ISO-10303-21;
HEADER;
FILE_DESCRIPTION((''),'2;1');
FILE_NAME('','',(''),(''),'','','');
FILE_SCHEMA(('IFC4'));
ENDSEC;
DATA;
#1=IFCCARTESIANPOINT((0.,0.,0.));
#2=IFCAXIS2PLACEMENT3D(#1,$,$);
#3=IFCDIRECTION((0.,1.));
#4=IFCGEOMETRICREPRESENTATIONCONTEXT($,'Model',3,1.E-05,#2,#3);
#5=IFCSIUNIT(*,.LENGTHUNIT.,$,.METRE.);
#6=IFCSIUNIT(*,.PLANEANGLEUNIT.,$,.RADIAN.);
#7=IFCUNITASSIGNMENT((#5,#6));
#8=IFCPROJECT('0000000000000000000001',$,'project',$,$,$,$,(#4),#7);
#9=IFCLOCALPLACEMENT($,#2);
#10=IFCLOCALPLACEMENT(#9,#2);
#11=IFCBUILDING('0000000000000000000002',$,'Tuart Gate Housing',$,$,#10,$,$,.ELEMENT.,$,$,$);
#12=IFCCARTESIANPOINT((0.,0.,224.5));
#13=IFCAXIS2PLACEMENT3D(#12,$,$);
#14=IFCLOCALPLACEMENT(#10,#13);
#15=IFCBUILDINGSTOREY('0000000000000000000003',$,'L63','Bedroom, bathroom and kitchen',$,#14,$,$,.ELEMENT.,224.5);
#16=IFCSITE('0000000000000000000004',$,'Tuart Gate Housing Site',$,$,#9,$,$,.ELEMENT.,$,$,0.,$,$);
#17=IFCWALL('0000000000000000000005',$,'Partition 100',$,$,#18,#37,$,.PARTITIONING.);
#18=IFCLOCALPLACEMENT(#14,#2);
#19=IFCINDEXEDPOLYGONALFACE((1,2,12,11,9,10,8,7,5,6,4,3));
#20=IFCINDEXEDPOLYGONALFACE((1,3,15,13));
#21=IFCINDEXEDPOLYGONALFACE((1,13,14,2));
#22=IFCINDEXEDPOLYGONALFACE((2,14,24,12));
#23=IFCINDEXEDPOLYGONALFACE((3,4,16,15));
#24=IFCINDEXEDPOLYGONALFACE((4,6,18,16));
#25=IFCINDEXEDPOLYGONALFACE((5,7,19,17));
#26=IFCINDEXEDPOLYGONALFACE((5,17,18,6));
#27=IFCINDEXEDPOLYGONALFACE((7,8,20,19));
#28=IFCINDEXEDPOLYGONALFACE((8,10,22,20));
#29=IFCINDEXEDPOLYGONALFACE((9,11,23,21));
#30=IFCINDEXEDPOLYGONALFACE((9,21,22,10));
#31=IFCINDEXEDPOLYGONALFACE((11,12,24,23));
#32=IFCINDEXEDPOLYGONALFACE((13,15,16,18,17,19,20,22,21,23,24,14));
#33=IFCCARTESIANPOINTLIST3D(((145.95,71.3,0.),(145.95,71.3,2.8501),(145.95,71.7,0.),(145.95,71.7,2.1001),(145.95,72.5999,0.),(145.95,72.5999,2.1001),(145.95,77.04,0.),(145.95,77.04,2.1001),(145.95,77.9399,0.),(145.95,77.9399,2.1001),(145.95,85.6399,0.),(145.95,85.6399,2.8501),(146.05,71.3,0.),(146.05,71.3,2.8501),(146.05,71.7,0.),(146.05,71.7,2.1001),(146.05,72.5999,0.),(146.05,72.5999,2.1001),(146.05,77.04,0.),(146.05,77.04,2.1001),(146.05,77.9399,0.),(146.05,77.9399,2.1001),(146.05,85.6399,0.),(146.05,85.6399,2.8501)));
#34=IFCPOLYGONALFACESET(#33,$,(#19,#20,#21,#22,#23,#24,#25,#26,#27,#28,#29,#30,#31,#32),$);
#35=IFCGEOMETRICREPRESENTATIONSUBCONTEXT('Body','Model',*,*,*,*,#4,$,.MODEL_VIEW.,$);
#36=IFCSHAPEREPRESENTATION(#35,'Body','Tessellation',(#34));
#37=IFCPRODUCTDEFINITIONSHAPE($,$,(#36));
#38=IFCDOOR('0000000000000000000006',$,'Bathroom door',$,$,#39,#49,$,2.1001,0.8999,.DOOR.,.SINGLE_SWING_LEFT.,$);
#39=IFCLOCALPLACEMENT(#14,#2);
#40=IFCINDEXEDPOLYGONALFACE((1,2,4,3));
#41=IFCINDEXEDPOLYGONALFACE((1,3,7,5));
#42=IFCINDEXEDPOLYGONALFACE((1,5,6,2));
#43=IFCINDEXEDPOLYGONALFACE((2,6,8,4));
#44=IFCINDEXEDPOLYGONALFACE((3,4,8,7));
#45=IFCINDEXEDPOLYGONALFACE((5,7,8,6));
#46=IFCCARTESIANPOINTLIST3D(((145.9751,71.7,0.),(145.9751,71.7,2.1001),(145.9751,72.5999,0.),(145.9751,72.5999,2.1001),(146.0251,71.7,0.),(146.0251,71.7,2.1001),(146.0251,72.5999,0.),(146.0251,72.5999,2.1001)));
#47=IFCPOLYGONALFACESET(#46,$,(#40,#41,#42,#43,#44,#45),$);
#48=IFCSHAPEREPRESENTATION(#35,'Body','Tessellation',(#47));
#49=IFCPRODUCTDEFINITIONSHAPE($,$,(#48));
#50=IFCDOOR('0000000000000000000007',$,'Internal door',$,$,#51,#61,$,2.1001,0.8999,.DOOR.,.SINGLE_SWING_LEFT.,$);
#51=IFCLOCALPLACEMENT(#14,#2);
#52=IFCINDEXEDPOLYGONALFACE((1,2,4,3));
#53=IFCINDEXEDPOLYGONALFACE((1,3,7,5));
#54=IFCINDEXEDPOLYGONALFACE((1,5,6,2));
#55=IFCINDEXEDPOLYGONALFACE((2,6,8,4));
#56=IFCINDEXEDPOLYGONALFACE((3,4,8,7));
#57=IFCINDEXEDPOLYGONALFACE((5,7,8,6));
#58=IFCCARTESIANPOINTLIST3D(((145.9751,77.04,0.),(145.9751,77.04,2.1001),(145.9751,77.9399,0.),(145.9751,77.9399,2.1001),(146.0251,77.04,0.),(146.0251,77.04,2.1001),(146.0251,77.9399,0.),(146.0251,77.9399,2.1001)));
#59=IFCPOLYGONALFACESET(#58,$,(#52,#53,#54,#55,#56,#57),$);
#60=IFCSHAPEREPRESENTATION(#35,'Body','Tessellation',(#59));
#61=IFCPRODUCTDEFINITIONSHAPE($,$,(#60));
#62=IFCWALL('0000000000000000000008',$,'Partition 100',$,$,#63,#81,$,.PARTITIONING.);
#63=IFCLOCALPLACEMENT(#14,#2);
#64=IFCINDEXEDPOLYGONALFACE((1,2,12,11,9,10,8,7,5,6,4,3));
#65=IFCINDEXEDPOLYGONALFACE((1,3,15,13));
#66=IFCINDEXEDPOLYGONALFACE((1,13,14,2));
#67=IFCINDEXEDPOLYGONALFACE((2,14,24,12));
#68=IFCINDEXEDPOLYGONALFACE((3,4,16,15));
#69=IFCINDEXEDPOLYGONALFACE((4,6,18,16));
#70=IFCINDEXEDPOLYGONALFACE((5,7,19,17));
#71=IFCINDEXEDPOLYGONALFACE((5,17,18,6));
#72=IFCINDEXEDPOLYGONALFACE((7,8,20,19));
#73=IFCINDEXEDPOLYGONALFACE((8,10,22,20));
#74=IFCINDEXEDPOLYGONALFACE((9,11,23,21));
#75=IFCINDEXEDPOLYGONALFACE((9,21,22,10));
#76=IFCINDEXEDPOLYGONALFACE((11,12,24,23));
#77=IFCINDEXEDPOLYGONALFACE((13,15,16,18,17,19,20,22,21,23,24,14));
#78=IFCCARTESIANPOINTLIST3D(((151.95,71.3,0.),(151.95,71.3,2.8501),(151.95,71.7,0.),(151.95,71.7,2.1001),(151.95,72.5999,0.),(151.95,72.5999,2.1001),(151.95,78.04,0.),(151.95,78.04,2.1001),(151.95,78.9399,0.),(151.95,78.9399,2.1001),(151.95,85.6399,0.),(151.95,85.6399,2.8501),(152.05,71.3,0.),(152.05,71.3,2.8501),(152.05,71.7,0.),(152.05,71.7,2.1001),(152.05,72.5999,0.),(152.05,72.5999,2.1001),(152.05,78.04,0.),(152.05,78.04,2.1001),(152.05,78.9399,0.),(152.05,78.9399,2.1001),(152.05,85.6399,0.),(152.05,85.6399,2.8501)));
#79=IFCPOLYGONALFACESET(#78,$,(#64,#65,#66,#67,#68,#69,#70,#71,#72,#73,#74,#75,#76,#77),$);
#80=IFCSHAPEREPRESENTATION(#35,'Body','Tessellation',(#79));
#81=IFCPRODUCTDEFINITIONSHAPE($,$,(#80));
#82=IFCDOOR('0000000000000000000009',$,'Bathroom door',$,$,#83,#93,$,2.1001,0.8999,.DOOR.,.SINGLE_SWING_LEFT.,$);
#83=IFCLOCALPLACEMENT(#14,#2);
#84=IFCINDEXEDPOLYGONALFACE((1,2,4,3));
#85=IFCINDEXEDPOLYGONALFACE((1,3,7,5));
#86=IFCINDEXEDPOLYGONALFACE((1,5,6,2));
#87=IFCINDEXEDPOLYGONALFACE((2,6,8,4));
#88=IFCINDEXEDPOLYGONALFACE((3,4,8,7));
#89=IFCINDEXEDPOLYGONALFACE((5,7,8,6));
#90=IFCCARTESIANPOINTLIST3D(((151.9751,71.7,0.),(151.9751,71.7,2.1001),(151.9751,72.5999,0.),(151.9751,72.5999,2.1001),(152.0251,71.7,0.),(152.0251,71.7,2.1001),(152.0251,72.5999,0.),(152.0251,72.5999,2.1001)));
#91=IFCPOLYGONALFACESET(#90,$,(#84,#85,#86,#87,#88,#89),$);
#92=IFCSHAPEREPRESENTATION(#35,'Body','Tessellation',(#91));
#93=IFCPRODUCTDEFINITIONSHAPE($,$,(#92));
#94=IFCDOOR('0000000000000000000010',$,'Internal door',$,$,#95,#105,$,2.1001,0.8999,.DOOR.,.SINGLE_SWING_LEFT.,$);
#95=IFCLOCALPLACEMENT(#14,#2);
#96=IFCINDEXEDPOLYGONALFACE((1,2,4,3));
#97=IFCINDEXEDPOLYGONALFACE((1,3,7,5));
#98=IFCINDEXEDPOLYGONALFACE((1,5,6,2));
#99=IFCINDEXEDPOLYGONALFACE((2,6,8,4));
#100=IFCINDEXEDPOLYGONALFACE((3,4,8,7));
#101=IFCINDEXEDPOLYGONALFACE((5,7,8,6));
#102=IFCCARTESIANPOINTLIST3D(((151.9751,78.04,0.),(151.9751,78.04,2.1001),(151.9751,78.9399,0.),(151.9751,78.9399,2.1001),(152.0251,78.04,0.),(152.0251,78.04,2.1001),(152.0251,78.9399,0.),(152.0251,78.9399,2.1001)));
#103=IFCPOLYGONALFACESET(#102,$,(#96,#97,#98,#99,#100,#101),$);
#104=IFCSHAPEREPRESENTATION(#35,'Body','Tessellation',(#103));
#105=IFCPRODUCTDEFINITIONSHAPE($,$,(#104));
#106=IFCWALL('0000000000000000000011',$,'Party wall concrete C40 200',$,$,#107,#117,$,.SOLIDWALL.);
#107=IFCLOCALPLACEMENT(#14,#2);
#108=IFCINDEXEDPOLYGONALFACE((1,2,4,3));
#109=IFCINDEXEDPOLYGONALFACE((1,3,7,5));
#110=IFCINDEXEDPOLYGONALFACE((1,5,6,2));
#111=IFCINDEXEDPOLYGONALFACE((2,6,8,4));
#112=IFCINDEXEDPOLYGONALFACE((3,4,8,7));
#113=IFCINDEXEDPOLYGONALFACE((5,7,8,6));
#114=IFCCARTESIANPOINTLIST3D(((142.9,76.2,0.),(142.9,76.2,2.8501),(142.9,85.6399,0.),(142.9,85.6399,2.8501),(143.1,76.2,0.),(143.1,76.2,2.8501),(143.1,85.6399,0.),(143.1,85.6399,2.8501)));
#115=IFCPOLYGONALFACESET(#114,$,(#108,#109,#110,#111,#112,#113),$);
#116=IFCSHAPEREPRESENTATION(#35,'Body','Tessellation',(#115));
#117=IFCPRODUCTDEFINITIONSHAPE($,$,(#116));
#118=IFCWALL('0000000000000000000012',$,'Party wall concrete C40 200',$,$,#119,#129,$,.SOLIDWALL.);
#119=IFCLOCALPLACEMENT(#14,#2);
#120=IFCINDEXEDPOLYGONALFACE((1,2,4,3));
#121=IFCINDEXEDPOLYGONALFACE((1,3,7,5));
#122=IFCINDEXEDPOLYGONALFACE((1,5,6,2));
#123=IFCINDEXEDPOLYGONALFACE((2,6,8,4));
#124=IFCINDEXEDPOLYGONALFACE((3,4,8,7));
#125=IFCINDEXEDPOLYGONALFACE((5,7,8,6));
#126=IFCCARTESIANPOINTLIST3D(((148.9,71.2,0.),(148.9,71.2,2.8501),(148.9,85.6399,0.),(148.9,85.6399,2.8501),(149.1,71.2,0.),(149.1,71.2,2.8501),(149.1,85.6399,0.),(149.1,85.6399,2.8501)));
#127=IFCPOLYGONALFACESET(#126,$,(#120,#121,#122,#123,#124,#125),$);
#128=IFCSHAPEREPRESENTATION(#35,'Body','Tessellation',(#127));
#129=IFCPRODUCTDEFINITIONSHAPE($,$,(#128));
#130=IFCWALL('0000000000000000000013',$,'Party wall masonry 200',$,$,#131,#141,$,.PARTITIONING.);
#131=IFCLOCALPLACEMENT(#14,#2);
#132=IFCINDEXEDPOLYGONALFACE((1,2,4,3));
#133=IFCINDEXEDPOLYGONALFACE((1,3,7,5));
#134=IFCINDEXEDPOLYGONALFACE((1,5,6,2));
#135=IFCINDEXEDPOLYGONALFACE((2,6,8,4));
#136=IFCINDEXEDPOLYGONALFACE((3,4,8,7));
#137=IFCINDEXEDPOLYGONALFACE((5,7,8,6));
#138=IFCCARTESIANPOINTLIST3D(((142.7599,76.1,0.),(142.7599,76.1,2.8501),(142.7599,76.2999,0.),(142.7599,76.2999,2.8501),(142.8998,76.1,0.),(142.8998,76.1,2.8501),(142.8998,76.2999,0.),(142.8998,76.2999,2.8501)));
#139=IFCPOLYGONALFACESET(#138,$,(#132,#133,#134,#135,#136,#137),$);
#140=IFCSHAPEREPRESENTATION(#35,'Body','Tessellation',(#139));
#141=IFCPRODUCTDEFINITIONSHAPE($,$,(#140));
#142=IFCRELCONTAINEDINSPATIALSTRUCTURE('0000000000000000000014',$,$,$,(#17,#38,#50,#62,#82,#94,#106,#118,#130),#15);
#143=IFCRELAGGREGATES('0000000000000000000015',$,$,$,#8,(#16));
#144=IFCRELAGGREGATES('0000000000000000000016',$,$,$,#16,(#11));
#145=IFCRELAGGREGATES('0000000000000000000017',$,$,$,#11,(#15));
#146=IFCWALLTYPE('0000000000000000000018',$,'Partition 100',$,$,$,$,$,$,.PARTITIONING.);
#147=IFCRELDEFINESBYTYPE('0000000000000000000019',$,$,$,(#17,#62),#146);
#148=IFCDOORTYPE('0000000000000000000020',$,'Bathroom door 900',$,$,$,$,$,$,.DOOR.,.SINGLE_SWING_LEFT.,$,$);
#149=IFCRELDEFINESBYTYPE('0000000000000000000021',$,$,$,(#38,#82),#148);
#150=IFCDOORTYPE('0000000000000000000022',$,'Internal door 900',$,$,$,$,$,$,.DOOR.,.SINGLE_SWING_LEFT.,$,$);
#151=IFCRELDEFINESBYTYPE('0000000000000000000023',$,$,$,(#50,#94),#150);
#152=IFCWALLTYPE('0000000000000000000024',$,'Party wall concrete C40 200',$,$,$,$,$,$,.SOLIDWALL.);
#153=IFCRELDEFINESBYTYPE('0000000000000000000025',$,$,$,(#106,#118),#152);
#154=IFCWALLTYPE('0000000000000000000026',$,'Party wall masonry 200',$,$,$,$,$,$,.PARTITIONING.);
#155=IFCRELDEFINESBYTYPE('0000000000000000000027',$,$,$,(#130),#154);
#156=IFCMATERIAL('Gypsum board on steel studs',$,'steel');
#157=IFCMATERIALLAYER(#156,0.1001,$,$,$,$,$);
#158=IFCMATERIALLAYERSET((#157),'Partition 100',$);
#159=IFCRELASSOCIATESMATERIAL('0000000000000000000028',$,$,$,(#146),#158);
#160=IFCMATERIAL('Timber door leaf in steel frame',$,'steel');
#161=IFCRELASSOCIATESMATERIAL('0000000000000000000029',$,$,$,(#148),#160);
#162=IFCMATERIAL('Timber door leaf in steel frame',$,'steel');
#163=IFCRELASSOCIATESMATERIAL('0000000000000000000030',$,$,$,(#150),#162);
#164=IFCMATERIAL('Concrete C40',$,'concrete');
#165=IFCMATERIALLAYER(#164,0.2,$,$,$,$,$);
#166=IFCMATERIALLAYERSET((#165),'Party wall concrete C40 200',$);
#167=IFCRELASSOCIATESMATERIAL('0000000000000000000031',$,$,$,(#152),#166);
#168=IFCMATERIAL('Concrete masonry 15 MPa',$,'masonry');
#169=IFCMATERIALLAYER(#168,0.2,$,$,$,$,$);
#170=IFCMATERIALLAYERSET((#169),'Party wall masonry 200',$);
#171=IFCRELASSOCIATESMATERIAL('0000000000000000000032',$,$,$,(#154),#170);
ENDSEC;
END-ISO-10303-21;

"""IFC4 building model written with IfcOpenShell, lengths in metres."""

from ifc_helpers import new_model, si_unit, direction, frame, frame_2d, origin, place, context, subcontext, project, spatial, rectangle, extrude, material, layer, layer_set, type_object, element, fill, save


model = new_model("IFC4")

# Units and contexts
model_context = context("Model", 3, precision=1e-05, world=origin(), true_north=direction((0.0, 1.0)))
body_context = subcontext(model_context, "Body", "Model", "MODEL_VIEW")
ifc_project = project(units=[si_unit("LENGTHUNIT", "METRE"), si_unit("PLANEANGLEUNIT", "RADIAN")], contexts=[model_context])

# Site, building, storey
site_placement = place(None, origin())
site = spatial("IfcSite", under=ifc_project, at=site_placement, Name="Tuart Gate Housing Site", CompositionType="ELEMENT", RefElevation=0.0)
building_placement = place(site_placement, origin())
building = spatial("IfcBuilding", under=site, at=building_placement, Name="Tuart Gate Housing", CompositionType="ELEMENT")
storey_placement = place(building_placement, frame((0.0, 0.0, 224.5)))
storey = spatial("IfcBuildingStorey", under=building, at=storey_placement, Name="L63", Description="Bedroom, bathroom and kitchen", CompositionType="ELEMENT", Elevation=224.5)

# Shared definitions
ifc_material_1 = material(Name="Gypsum board on steel studs", Category="steel")
ifc_layer_1 = layer(ifc_material_1, 0.1001)
ifc_layer_set_1 = layer_set([ifc_layer_1], Name="Partition 100")
wall_type_1 = type_object("IfcWallType", Name="Partition 100", PredefinedType="PARTITIONING", material=ifc_layer_set_1)

# Walls, openings, doors
wall_1_placement = place(storey_placement, frame((146.0, 71.3, 0.0), z_axis=(0.0, 0.0, 1.0), x_axis=(0.0, 1.0, 0.0)))
wall_1 = element("IfcWall", 1, at=wall_1_placement, inside=storey, type_object=wall_type_1, Name="Partition 100", PredefinedType="PARTITIONING", context=body_context, shape_type="SweptSolid", body=[
    extrude(rectangle(XDim=14.3398, YDim=0.1001, at=frame_2d((7.1699, 0.0))), origin(), (0.0, 0.0, 1.0), 2.8501),
])
opening_1_placement = place(wall_1_placement, frame((5.74, 0.0, 0.0)))
opening_1 = element("IfcOpeningElement", 2, at=opening_1_placement, cuts=wall_1, PredefinedType="OPENING", context=body_context, shape_type="SweptSolid", body=[
    extrude(rectangle(XDim=0.8999, YDim=2.1001, at=frame_2d((0.45, 1.05))), frame((0.0, 0.0601, 0.0), z_axis=(0.0, -1.0, 0.0), x_axis=(1.0, 0.0, 0.0)), (0.0, 0.0, 1.0), 0.1201),
])
opening_2_placement = place(wall_1_placement, frame((0.3999, 0.0, 0.0)))
opening_2 = element("IfcOpeningElement", 3, at=opening_2_placement, cuts=wall_1, PredefinedType="OPENING", context=body_context, shape_type="SweptSolid", body=[
    extrude(rectangle(XDim=0.8999, YDim=2.1001, at=frame_2d((0.45, 1.05))), frame((0.0, 0.0601, 0.0), z_axis=(0.0, -1.0, 0.0), x_axis=(1.0, 0.0, 0.0)), (0.0, 0.0, 1.0), 0.1201),
])
ifc_material_2 = material(Name="Timber door leaf in steel frame", Category="steel")
door_type_1 = type_object("IfcDoorType", Name="Bathroom door 900", OperationType="SINGLE_SWING_LEFT", PredefinedType="DOOR", material=ifc_material_2)
door_1_placement = place(opening_2_placement, origin())
door_1 = element("IfcDoor", 4, at=door_1_placement, inside=storey, type_object=door_type_1, Name="Bathroom door", OperationType="SINGLE_SWING_LEFT", OverallHeight=2.1001, OverallWidth=0.8999, PredefinedType="DOOR", context=body_context, shape_type="SweptSolid", body=[
    extrude(rectangle(XDim=0.8999, YDim=2.1001, at=frame_2d((0.45, 1.05))), frame((0.0, 0.0249, 0.0), z_axis=(0.0, -1.0, 0.0), x_axis=(1.0, 0.0, 0.0)), (0.0, 0.0, 1.0), 0.05),
])
fill(opening_2, door_1)
ifc_material_3 = material(Name="Timber door leaf in steel frame", Category="steel")
door_type_2 = type_object("IfcDoorType", Name="Internal door 900", OperationType="SINGLE_SWING_LEFT", PredefinedType="DOOR", material=ifc_material_3)
door_2_placement = place(opening_1_placement, origin())
door_2 = element("IfcDoor", 5, at=door_2_placement, inside=storey, type_object=door_type_2, Name="Internal door", OperationType="SINGLE_SWING_LEFT", OverallHeight=2.1001, OverallWidth=0.8999, PredefinedType="DOOR", context=body_context, shape_type="SweptSolid", body=[
    extrude(rectangle(XDim=0.8999, YDim=2.1001, at=frame_2d((0.45, 1.05))), frame((0.0, 0.0249, 0.0), z_axis=(0.0, -1.0, 0.0), x_axis=(1.0, 0.0, 0.0)), (0.0, 0.0, 1.0), 0.05),
])
fill(opening_1, door_2)
wall_2_placement = place(storey_placement, frame((152.0, 71.3, 0.0), z_axis=(0.0, 0.0, 1.0), x_axis=(0.0, 1.0, 0.0)))
wall_2 = element("IfcWall", 6, at=wall_2_placement, inside=storey, type_object=wall_type_1, Name="Partition 100", PredefinedType="PARTITIONING", context=body_context, shape_type="SweptSolid", body=[
    extrude(rectangle(XDim=14.3398, YDim=0.1001, at=frame_2d((7.1699, 0.0))), origin(), (0.0, 0.0, 1.0), 2.8501),
])
opening_3_placement = place(wall_2_placement, frame((6.74, 0.0, 0.0)))
opening_3 = element("IfcOpeningElement", 7, at=opening_3_placement, cuts=wall_2, PredefinedType="OPENING", context=body_context, shape_type="SweptSolid", body=[
    extrude(rectangle(XDim=0.8999, YDim=2.1001, at=frame_2d((0.45, 1.05))), frame((0.0, 0.0601, 0.0), z_axis=(0.0, -1.0, 0.0), x_axis=(1.0, 0.0, 0.0)), (0.0, 0.0, 1.0), 0.1201),
])
opening_4_placement = place(wall_2_placement, frame((0.3999, 0.0, 0.0)))
opening_4 = element("IfcOpeningElement", 8, at=opening_4_placement, cuts=wall_2, PredefinedType="OPENING", context=body_context, shape_type="SweptSolid", body=[
    extrude(rectangle(XDim=0.8999, YDim=2.1001, at=frame_2d((0.45, 1.05))), frame((0.0, 0.0601, 0.0), z_axis=(0.0, -1.0, 0.0), x_axis=(1.0, 0.0, 0.0)), (0.0, 0.0, 1.0), 0.1201),
])
door_3_placement = place(opening_4_placement, origin())
door_3 = element("IfcDoor", 9, at=door_3_placement, inside=storey, type_object=door_type_1, Name="Bathroom door", OperationType="SINGLE_SWING_LEFT", OverallHeight=2.1001, OverallWidth=0.8999, PredefinedType="DOOR", context=body_context, shape_type="SweptSolid", body=[
    extrude(rectangle(XDim=0.8999, YDim=2.1001, at=frame_2d((0.45, 1.05))), frame((0.0, 0.0249, 0.0), z_axis=(0.0, -1.0, 0.0), x_axis=(1.0, 0.0, 0.0)), (0.0, 0.0, 1.0), 0.05),
])
fill(opening_4, door_3)
door_4_placement = place(opening_3_placement, origin())
door_4 = element("IfcDoor", 10, at=door_4_placement, inside=storey, type_object=door_type_2, Name="Internal door", OperationType="SINGLE_SWING_LEFT", OverallHeight=2.1001, OverallWidth=0.8999, PredefinedType="DOOR", context=body_context, shape_type="SweptSolid", body=[
    extrude(rectangle(XDim=0.8999, YDim=2.1001, at=frame_2d((0.45, 1.05))), frame((0.0, 0.0249, 0.0), z_axis=(0.0, -1.0, 0.0), x_axis=(1.0, 0.0, 0.0)), (0.0, 0.0, 1.0), 0.05),
])
fill(opening_3, door_4)

# Walls
ifc_material_4 = material(Name="Concrete C40", Category="concrete")
ifc_layer_2 = layer(ifc_material_4, 0.2)
ifc_layer_set_2 = layer_set([ifc_layer_2], Name="Party wall concrete C40 200")
wall_type_2 = type_object("IfcWallType", Name="Party wall concrete C40 200", PredefinedType="SOLIDWALL", material=ifc_layer_set_2)
wall_3_placement = place(storey_placement, frame((143.0, 76.2, 0.0), z_axis=(0.0, 0.0, 1.0), x_axis=(0.0, 1.0, 0.0)))
element("IfcWall", 11, at=wall_3_placement, inside=storey, type_object=wall_type_2, Name="Party wall concrete C40 200", PredefinedType="SOLIDWALL", context=body_context, shape_type="SweptSolid", body=[
    extrude(rectangle(XDim=9.4399, YDim=0.2, at=frame_2d((4.72, 0.0))), origin(), (0.0, 0.0, 1.0), 2.8501),
])
wall_4_placement = place(storey_placement, frame((149.0, 71.2, 0.0), z_axis=(0.0, 0.0, 1.0), x_axis=(0.0, 1.0, 0.0)))
element("IfcWall", 12, at=wall_4_placement, inside=storey, type_object=wall_type_2, Name="Party wall concrete C40 200", PredefinedType="SOLIDWALL", context=body_context, shape_type="SweptSolid", body=[
    extrude(rectangle(XDim=14.4399, YDim=0.2, at=frame_2d((7.22, 0.0))), origin(), (0.0, 0.0, 1.0), 2.8501),
])
ifc_material_5 = material(Name="Concrete masonry 15 MPa", Category="masonry")
ifc_layer_3 = layer(ifc_material_5, 0.2)
ifc_layer_set_3 = layer_set([ifc_layer_3], Name="Party wall masonry 200")
wall_type_3 = type_object("IfcWallType", Name="Party wall masonry 200", PredefinedType="PARTITIONING", material=ifc_layer_set_3)
wall_5_placement = place(storey_placement, frame((142.76, 76.2, 0.0), z_axis=(0.0, 0.0, 1.0), x_axis=(1.0, 0.0, 0.0)))
element("IfcWall", 13, at=wall_5_placement, inside=storey, type_object=wall_type_3, Name="Party wall masonry 200", PredefinedType="PARTITIONING", context=body_context, shape_type="SweptSolid", body=[
    extrude(rectangle(XDim=0.1399, YDim=0.2, at=frame_2d((0.0698, 0.0))), origin(), (0.0, 0.0, 1.0), 2.8501),
])

save(model, "model.ifc")
